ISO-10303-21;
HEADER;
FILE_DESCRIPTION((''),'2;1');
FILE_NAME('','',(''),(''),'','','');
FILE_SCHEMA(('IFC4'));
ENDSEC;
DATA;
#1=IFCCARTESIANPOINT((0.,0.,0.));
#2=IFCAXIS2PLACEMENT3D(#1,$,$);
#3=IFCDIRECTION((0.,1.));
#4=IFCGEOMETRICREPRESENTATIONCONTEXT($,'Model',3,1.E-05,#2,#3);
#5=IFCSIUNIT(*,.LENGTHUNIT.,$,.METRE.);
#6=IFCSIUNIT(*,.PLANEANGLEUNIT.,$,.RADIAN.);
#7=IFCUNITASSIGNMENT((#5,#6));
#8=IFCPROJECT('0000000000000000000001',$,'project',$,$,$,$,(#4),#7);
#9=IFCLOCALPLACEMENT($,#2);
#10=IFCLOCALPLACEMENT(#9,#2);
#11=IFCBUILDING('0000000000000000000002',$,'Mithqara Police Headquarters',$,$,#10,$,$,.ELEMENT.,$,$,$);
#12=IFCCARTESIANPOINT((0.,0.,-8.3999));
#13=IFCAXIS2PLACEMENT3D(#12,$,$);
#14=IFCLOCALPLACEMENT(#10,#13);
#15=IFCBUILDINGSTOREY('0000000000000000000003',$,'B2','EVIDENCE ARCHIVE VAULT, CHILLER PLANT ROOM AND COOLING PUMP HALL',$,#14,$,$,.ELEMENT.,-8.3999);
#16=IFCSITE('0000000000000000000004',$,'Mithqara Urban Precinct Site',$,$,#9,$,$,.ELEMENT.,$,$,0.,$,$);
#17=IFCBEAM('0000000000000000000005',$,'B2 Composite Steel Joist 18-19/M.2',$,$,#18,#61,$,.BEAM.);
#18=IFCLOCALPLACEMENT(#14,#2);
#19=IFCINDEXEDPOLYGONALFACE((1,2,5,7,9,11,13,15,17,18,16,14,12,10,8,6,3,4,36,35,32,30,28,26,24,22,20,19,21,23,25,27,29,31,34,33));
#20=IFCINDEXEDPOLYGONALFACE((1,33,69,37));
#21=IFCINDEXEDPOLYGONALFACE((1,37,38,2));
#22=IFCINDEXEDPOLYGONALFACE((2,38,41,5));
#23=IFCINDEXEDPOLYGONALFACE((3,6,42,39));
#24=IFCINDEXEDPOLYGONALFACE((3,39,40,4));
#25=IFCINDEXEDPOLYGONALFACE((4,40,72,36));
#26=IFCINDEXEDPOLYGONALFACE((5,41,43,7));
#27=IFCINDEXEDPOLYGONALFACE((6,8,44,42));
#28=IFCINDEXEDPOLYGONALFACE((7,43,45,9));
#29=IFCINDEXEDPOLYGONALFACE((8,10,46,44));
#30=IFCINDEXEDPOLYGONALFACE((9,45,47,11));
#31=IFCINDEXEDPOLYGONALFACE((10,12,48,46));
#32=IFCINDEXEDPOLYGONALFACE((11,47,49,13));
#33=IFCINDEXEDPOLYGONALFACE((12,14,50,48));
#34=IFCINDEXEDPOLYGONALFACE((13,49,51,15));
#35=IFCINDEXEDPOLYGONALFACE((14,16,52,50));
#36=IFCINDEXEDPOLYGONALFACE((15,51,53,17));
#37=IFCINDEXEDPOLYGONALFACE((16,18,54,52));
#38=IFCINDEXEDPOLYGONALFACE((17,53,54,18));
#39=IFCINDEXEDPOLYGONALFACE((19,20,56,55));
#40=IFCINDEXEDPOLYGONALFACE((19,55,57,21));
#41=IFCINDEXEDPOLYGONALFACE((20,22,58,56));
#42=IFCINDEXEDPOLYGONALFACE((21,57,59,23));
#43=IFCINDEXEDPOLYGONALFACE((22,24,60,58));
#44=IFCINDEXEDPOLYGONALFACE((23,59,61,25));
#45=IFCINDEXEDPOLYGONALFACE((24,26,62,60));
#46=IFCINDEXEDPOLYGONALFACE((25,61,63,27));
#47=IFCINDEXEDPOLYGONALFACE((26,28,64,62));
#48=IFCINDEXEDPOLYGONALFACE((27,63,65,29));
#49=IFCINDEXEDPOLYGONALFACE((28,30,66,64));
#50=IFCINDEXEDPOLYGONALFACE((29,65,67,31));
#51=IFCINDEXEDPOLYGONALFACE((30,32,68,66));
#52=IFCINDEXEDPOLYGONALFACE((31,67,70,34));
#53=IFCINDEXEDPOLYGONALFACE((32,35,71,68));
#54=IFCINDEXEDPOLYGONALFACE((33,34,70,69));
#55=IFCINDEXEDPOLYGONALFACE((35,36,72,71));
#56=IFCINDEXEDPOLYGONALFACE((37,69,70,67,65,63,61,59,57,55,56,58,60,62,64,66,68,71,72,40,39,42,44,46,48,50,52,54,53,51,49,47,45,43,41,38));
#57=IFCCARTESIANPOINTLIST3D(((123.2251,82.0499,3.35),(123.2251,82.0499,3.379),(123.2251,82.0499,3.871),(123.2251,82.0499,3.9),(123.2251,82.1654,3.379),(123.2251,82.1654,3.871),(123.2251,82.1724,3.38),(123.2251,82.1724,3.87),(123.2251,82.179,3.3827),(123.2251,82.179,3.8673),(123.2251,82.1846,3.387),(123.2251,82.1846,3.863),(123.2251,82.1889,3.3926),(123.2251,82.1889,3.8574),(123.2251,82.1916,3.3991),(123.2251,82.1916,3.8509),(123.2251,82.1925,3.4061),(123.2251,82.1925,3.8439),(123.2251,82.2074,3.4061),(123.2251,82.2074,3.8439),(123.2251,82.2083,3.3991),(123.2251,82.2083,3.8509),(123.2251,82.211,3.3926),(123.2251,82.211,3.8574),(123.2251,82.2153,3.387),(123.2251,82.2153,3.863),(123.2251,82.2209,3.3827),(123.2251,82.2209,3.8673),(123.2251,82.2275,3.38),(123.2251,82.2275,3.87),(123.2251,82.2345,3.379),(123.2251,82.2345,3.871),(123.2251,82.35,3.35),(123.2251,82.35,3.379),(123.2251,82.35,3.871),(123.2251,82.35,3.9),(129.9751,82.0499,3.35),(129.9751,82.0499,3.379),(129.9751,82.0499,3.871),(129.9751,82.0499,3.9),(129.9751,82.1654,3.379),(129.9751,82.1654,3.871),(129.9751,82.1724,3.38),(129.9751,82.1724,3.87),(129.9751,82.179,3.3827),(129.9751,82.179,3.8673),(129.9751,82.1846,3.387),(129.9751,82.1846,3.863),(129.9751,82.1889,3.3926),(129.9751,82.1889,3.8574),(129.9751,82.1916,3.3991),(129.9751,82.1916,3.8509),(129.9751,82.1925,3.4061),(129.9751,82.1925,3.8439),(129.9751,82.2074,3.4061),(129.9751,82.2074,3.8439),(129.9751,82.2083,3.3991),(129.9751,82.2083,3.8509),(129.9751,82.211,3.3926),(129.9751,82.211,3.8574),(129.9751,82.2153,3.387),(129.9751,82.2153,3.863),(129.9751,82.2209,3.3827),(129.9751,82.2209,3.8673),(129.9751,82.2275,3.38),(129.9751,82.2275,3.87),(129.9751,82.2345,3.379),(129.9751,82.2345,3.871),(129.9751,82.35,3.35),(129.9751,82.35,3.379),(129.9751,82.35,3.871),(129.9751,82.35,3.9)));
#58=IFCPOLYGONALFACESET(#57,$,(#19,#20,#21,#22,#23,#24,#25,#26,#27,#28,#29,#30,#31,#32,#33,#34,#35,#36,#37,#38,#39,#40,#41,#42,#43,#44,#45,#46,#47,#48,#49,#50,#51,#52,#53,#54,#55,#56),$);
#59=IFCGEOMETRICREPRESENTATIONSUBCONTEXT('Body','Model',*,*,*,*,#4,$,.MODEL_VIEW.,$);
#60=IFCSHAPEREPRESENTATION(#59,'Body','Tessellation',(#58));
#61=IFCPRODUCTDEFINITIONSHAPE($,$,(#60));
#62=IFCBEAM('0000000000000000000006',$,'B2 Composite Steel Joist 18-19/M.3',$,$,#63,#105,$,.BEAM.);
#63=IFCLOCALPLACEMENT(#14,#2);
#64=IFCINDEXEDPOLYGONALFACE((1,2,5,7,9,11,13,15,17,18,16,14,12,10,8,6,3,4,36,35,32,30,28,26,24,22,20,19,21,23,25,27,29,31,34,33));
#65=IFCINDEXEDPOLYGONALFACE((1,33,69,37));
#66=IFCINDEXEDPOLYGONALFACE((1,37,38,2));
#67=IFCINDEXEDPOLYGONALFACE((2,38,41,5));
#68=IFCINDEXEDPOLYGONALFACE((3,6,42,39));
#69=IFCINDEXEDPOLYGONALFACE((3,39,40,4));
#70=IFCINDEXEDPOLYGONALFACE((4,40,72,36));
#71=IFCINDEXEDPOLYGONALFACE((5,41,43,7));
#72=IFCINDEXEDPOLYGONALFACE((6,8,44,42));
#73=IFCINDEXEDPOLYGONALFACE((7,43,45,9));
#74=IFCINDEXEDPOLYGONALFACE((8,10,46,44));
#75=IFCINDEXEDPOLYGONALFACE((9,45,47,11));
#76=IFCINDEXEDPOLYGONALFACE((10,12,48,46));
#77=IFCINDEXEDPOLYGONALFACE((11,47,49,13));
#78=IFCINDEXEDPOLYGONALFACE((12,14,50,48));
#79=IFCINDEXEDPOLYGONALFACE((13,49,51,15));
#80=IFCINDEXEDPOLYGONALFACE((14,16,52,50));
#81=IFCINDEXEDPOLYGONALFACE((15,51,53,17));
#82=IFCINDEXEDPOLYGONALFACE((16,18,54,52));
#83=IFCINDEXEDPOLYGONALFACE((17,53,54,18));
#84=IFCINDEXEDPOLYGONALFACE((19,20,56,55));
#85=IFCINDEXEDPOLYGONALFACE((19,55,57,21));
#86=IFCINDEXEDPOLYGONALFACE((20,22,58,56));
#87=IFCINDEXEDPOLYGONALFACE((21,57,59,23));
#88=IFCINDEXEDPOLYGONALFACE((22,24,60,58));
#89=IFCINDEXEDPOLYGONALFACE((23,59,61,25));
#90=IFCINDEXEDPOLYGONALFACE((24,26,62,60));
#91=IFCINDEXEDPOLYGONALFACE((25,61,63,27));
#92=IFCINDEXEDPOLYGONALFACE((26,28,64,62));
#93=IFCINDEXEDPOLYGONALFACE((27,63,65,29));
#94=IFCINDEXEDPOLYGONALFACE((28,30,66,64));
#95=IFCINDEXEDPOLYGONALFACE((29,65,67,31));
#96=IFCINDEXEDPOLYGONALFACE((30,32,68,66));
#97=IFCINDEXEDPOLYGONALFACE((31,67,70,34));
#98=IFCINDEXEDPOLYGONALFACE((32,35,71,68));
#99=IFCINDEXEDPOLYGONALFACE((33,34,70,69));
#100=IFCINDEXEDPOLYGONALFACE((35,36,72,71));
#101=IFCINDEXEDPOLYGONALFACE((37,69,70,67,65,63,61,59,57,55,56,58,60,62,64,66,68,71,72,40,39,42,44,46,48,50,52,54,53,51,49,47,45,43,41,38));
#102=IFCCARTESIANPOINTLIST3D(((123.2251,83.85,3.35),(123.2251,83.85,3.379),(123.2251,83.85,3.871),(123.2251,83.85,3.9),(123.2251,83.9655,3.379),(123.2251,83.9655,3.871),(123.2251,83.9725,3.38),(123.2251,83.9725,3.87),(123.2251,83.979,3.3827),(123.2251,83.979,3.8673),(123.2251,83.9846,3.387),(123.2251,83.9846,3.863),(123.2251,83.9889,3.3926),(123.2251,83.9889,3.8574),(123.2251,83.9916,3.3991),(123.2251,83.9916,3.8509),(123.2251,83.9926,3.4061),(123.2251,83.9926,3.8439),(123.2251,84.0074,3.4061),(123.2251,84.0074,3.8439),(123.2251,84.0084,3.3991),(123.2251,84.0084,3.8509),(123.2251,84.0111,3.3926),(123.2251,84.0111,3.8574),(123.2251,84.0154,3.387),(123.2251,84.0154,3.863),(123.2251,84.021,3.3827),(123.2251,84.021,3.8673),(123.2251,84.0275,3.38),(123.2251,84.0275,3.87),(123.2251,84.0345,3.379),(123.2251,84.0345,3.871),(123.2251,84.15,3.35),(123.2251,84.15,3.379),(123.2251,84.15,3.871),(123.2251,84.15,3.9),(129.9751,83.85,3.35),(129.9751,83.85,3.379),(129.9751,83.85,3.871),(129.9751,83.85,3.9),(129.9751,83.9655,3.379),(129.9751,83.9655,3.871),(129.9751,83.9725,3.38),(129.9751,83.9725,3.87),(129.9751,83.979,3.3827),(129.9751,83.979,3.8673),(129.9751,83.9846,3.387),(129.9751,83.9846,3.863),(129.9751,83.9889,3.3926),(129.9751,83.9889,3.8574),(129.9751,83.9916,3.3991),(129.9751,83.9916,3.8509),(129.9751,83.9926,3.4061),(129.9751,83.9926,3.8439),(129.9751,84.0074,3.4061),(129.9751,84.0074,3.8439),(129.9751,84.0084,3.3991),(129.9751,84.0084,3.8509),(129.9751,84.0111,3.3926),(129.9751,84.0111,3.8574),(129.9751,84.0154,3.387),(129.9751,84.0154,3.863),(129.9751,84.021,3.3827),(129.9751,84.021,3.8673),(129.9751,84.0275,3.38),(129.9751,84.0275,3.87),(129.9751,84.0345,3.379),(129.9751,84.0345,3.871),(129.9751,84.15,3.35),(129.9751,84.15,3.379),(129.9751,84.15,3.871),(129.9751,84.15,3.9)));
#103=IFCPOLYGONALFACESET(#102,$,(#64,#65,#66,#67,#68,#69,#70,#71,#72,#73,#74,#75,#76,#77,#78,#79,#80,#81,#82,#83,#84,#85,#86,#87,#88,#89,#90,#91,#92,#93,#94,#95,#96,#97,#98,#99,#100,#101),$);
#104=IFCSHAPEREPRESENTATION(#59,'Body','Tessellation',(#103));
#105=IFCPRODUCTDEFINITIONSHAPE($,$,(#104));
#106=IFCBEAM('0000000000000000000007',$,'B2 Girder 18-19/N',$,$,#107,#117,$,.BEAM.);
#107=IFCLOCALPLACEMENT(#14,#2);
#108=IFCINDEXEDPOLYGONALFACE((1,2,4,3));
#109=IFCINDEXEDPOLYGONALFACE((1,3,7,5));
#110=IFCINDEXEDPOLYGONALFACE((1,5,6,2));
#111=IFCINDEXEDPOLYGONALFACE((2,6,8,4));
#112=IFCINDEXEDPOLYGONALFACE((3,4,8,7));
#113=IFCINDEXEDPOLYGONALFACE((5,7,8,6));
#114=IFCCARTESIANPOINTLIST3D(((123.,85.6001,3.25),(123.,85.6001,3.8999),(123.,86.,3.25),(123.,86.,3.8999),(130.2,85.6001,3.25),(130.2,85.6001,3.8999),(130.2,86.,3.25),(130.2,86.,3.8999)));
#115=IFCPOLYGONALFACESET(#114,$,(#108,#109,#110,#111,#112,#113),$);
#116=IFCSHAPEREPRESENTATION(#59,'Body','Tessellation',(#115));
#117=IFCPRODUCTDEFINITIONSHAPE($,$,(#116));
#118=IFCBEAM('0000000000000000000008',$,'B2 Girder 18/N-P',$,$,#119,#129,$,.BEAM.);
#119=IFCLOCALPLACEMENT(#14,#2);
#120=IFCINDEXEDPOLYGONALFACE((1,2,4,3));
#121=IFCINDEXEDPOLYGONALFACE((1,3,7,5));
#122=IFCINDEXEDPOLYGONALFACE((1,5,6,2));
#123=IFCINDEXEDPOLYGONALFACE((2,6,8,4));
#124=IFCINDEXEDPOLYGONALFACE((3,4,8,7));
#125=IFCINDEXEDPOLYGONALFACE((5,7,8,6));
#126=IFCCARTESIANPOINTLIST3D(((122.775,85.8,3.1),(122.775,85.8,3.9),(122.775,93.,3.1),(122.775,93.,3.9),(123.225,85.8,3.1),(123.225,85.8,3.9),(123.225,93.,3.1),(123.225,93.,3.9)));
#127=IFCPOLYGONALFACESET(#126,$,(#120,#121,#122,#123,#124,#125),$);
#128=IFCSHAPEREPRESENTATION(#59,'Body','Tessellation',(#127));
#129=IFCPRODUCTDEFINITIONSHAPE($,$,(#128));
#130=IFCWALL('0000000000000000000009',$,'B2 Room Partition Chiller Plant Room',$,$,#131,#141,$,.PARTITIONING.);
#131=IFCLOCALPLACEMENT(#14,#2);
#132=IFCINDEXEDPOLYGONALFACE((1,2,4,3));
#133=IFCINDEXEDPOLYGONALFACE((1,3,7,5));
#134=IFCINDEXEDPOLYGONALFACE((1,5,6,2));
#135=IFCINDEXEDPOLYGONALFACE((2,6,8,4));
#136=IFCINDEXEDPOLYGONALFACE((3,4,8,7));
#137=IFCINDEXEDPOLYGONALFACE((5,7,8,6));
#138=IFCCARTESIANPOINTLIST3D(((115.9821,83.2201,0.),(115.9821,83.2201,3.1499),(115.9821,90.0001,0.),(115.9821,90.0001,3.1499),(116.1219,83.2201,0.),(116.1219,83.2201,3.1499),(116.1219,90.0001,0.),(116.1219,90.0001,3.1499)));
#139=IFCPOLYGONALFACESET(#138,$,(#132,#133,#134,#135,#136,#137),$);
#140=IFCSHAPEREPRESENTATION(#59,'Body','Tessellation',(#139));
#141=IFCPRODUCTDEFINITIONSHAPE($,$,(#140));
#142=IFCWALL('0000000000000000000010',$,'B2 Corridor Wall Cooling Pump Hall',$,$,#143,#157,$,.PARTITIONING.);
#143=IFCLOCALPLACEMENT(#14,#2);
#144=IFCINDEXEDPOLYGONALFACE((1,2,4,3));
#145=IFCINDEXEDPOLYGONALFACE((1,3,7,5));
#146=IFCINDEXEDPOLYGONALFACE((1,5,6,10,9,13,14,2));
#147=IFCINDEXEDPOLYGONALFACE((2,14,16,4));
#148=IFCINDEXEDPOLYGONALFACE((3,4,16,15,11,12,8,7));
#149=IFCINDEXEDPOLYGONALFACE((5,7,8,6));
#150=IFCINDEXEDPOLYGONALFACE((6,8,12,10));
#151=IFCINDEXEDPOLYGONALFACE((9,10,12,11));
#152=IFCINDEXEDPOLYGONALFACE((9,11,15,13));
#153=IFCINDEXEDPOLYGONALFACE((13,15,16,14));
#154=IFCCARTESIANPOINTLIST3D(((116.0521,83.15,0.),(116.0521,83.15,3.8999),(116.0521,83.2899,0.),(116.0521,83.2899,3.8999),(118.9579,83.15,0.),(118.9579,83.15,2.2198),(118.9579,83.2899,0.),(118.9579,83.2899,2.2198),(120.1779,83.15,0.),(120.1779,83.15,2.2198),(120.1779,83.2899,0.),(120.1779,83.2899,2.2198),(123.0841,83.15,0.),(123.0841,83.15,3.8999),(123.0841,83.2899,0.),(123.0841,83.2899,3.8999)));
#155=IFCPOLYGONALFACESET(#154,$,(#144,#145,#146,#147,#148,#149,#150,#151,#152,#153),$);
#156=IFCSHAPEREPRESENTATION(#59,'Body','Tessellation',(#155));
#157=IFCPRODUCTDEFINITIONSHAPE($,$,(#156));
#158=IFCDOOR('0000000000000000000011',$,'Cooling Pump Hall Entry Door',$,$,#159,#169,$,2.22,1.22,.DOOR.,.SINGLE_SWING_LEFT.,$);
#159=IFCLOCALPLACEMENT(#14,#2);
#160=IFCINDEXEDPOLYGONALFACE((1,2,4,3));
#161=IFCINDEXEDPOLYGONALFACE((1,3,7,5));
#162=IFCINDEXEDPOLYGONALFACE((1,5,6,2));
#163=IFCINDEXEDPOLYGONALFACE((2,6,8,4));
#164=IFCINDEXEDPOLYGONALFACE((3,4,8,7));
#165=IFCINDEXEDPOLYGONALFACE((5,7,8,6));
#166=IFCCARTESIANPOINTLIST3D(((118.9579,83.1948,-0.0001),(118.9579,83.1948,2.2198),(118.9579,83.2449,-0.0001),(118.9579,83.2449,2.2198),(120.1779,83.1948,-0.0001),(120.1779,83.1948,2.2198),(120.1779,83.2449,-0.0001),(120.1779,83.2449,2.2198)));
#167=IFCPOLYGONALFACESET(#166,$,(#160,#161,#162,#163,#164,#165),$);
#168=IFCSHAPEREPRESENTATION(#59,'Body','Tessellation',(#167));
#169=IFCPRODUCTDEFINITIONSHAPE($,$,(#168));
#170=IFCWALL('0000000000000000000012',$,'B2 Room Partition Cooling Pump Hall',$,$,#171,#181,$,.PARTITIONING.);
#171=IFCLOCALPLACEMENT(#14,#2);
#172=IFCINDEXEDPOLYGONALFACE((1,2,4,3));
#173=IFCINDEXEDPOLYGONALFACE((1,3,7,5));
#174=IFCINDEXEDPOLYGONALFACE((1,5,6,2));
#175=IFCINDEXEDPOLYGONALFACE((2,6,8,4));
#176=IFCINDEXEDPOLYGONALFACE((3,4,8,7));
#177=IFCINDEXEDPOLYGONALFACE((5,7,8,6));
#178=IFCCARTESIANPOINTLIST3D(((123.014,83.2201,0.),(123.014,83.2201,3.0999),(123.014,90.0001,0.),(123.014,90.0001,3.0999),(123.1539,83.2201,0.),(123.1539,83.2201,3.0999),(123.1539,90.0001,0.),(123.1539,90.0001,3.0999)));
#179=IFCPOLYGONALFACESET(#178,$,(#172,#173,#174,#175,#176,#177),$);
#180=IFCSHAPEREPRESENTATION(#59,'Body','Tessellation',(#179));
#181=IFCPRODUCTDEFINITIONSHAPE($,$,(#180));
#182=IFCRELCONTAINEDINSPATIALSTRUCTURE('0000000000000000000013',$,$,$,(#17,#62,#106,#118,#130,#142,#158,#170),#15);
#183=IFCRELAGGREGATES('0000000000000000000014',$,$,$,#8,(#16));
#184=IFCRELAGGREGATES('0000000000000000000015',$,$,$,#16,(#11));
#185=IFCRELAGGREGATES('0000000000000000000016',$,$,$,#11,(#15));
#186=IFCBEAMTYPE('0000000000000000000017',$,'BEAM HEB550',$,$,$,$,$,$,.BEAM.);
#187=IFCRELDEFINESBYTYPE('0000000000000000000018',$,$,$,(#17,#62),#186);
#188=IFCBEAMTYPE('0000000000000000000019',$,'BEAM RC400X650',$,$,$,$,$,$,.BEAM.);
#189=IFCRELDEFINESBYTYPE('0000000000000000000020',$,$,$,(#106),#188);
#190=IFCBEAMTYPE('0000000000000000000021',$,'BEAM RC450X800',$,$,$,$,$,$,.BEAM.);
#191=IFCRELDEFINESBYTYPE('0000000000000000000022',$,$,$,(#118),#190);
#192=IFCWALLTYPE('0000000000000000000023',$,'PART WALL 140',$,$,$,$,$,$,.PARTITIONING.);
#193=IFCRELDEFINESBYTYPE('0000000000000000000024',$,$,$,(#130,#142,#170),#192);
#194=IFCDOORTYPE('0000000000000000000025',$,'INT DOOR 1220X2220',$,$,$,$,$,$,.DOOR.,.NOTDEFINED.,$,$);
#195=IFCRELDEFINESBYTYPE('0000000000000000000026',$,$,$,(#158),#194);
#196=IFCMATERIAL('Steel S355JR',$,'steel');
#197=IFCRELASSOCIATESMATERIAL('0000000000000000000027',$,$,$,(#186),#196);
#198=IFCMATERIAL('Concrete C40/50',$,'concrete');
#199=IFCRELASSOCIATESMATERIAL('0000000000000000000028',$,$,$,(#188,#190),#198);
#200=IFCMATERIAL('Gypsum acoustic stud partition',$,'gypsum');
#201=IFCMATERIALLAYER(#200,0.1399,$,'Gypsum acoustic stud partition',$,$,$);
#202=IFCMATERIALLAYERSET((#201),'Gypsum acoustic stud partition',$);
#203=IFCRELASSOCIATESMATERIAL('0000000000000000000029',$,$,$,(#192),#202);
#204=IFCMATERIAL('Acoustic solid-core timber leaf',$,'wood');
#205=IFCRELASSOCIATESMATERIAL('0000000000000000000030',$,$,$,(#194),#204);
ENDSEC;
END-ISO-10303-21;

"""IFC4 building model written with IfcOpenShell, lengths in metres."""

from ifc_helpers import new_model, si_unit, direction, frame, frame_2d, origin, origin_2d, place, context, subcontext, project, spatial, rectangle, i_section, extrude, material, layer, layer_set, material_profile, profile_set, type_object, element, fill, save


model = new_model("IFC4")

# Units and contexts
model_context = context("Model", 3, precision=1e-05, world=origin(), true_north=direction((0.0, 1.0)))
body_context = subcontext(model_context, "Body", "Model", "MODEL_VIEW")
ifc_project = project(units=[si_unit("LENGTHUNIT", "METRE"), si_unit("PLANEANGLEUNIT", "RADIAN")], contexts=[model_context])

# Site, building, storey
site_placement = place(None, origin())
site = spatial("IfcSite", under=ifc_project, at=site_placement, Name="Mithqara Urban Precinct Site", CompositionType="ELEMENT", RefElevation=0.0)
building_placement = place(site_placement, origin())
building = spatial("IfcBuilding", under=site, at=building_placement, Name="Mithqara Police Headquarters", CompositionType="ELEMENT")
storey_placement = place(building_placement, frame((0.0, 0.0, -8.3999)))
storey = spatial("IfcBuildingStorey", under=building, at=storey_placement, Name="B2", Description="EVIDENCE ARCHIVE VAULT, CHILLER PLANT ROOM AND COOLING PUMP HALL", CompositionType="ELEMENT", Elevation=-8.3999)

# Shared definitions
ifc_material_1 = material(Name="Concrete C40/50", Category="concrete")

# Beams
ifc_material_2 = material(Name="Steel S355JR", Category="steel")
ifc_material_profile_1 = material_profile(ifc_material_2, i_section(OverallWidth=0.3, OverallDepth=0.55, WebThickness=0.0149, FlangeThickness=0.0291, FilletRadius=0.0271, at=origin_2d()), Name="HEB 550")
ifc_profile_set_1 = profile_set([ifc_material_profile_1], Name="Steel S355JR")
beam_type_1 = type_object("IfcBeamType", Name="BEAM HEB550", PredefinedType="BEAM", material=ifc_profile_set_1)
for number, where, z_axis, x_axis, name in (
    (1, (123.2251, 82.2, 3.625), (1.0, 0.0, 0.0), (0.0, 1.0, 0.0), "B2 Composite Steel Joist 18-19/M.2"),
    (2, (123.2251, 84.0, 3.625), (1.0, 0.0, 0.0), (0.0, 1.0, 0.0), "B2 Composite Steel Joist 18-19/M.3"),
):
    element("IfcBeam", number, at=place(storey_placement, frame(where, z_axis=z_axis, x_axis=x_axis)), inside=storey, type_object=beam_type_1, Name=name, PredefinedType="BEAM", context=body_context, shape_type="SweptSolid", body=[
        extrude(i_section(OverallWidth=0.3, OverallDepth=0.55, WebThickness=0.0149, FlangeThickness=0.0291, FilletRadius=0.0271, at=origin_2d()), origin(), (0.0, 0.0, 1.0), 6.75),
    ])
ifc_material_profile_2 = material_profile(ifc_material_1, rectangle(XDim=0.3999, YDim=0.6499, at=origin_2d()), Name="RC 400x650")
ifc_profile_set_2 = profile_set([ifc_material_profile_2], Name="Concrete C40/50")
beam_type_2 = type_object("IfcBeamType", Name="BEAM RC400X650", PredefinedType="BEAM", material=ifc_profile_set_2)
beam_1_placement = place(storey_placement, frame((123.0, 85.8, 3.575), z_axis=(1.0, 0.0, 0.0), x_axis=(0.0, 1.0, 0.0)))
element("IfcBeam", 3, at=beam_1_placement, inside=storey, type_object=beam_type_2, Name="B2 Girder 18-19/N", PredefinedType="BEAM", context=body_context, shape_type="SweptSolid", body=[
    extrude(rectangle(XDim=0.3999, YDim=0.6499, at=origin_2d()), origin(), (0.0, 0.0, 1.0), 7.2),
])
ifc_material_profile_3 = material_profile(ifc_material_1, rectangle(XDim=0.45, YDim=0.8, at=origin_2d()), Name="RC 450x800")
ifc_profile_set_3 = profile_set([ifc_material_profile_3], Name="Concrete C40/50")
beam_type_3 = type_object("IfcBeamType", Name="BEAM RC450X800", PredefinedType="BEAM", material=ifc_profile_set_3)
beam_2_placement = place(storey_placement, frame((123.0, 85.8, 3.5), z_axis=(0.0, 1.0, 0.0), x_axis=(-1.0, 0.0, 0.0)))
element("IfcBeam", 4, at=beam_2_placement, inside=storey, type_object=beam_type_3, Name="B2 Girder 18/N-P", PredefinedType="BEAM", context=body_context, shape_type="SweptSolid", body=[
    extrude(rectangle(XDim=0.45, YDim=0.8, at=origin_2d()), origin(), (0.0, 0.0, 1.0), 7.2),
])

# Wall
ifc_material_3 = material(Name="Gypsum acoustic stud partition", Category="gypsum")
ifc_layer = layer(ifc_material_3, 0.1399, Name="Gypsum acoustic stud partition")
ifc_layer_set = layer_set([ifc_layer], Name="Gypsum acoustic stud partition")
wall_type = type_object("IfcWallType", Name="PART WALL 140", PredefinedType="PARTITIONING", material=ifc_layer_set)
wall_1_placement = place(storey_placement, frame((116.052, 83.22, 0.0), z_axis=(0.0, 0.0, 1.0), x_axis=(0.0, 1.0, 0.0)))
element("IfcWall", 5, at=wall_1_placement, inside=storey, type_object=wall_type, Name="B2 Room Partition Chiller Plant Room", PredefinedType="PARTITIONING", context=body_context, shape_type="SweptSolid", body=[
    extrude(rectangle(XDim=6.78, YDim=0.1399, at=frame_2d((3.3901, 0.0))), origin(), (0.0, 0.0, 1.0), 3.1499),
])

# Wall, opening, door
wall_2_placement = place(storey_placement, frame((116.052, 83.22, 0.0), z_axis=(0.0, 0.0, 1.0), x_axis=(1.0, 0.0, 0.0)))
wall_2 = element("IfcWall", 6, at=wall_2_placement, inside=storey, type_object=wall_type, Name="B2 Corridor Wall Cooling Pump Hall", PredefinedType="PARTITIONING", context=body_context, shape_type="SweptSolid", body=[
    extrude(rectangle(XDim=7.032, YDim=0.1399, at=frame_2d((3.5161, 0.0))), origin(), (0.0, 0.0, 1.0), 3.8999),
])
opening_1_placement = place(wall_2_placement, frame((2.906, 0.0, 0.0)))
opening_1 = element("IfcOpeningElement", 7, at=opening_1_placement, cuts=wall_2, PredefinedType="OPENING", context=body_context, shape_type="SweptSolid", body=[
    extrude(rectangle(XDim=1.22, YDim=2.22, at=frame_2d((0.6099, 1.1099))), frame((0.0, 0.0801, 0.0), z_axis=(0.0, -1.0, 0.0), x_axis=(1.0, 0.0, 0.0)), (0.0, 0.0, 1.0), 0.1599),
])
ifc_material_4 = material(Name="Acoustic solid-core timber leaf", Category="wood")
door_type_1 = type_object("IfcDoorType", Name="INT DOOR 1220X2220", OperationType="NOTDEFINED", PredefinedType="DOOR", material=ifc_material_4)
door_1_placement = place(opening_1_placement, origin())
door_1 = element("IfcDoor", 8, at=door_1_placement, inside=storey, type_object=door_type_1, Name="Cooling Pump Hall Entry Door", OperationType="SINGLE_SWING_LEFT", OverallHeight=2.22, OverallWidth=1.22, PredefinedType="DOOR", context=body_context, shape_type="SweptSolid", body=[
    extrude(rectangle(XDim=1.22, YDim=2.22, at=frame_2d((0.6099, 1.1099))), frame((0.0, 0.0249, 0.0), z_axis=(0.0, -1.0, 0.0), x_axis=(1.0, 0.0, 0.0)), (0.0, 0.0, 1.0), 0.05),
])
fill(opening_1, door_1)

# Wall
wall_3_placement = place(storey_placement, frame((123.084, 83.22, 0.0), z_axis=(0.0, 0.0, 1.0), x_axis=(0.0, 1.0, 0.0)))
element("IfcWall", 9, at=wall_3_placement, inside=storey, type_object=wall_type, Name="B2 Room Partition Cooling Pump Hall", PredefinedType="PARTITIONING", context=body_context, shape_type="SweptSolid", body=[
    extrude(rectangle(XDim=6.78, YDim=0.1399, at=frame_2d((3.3901, 0.0))), origin(), (0.0, 0.0, 1.0), 3.0999),
])

save(model, "model.ifc")
